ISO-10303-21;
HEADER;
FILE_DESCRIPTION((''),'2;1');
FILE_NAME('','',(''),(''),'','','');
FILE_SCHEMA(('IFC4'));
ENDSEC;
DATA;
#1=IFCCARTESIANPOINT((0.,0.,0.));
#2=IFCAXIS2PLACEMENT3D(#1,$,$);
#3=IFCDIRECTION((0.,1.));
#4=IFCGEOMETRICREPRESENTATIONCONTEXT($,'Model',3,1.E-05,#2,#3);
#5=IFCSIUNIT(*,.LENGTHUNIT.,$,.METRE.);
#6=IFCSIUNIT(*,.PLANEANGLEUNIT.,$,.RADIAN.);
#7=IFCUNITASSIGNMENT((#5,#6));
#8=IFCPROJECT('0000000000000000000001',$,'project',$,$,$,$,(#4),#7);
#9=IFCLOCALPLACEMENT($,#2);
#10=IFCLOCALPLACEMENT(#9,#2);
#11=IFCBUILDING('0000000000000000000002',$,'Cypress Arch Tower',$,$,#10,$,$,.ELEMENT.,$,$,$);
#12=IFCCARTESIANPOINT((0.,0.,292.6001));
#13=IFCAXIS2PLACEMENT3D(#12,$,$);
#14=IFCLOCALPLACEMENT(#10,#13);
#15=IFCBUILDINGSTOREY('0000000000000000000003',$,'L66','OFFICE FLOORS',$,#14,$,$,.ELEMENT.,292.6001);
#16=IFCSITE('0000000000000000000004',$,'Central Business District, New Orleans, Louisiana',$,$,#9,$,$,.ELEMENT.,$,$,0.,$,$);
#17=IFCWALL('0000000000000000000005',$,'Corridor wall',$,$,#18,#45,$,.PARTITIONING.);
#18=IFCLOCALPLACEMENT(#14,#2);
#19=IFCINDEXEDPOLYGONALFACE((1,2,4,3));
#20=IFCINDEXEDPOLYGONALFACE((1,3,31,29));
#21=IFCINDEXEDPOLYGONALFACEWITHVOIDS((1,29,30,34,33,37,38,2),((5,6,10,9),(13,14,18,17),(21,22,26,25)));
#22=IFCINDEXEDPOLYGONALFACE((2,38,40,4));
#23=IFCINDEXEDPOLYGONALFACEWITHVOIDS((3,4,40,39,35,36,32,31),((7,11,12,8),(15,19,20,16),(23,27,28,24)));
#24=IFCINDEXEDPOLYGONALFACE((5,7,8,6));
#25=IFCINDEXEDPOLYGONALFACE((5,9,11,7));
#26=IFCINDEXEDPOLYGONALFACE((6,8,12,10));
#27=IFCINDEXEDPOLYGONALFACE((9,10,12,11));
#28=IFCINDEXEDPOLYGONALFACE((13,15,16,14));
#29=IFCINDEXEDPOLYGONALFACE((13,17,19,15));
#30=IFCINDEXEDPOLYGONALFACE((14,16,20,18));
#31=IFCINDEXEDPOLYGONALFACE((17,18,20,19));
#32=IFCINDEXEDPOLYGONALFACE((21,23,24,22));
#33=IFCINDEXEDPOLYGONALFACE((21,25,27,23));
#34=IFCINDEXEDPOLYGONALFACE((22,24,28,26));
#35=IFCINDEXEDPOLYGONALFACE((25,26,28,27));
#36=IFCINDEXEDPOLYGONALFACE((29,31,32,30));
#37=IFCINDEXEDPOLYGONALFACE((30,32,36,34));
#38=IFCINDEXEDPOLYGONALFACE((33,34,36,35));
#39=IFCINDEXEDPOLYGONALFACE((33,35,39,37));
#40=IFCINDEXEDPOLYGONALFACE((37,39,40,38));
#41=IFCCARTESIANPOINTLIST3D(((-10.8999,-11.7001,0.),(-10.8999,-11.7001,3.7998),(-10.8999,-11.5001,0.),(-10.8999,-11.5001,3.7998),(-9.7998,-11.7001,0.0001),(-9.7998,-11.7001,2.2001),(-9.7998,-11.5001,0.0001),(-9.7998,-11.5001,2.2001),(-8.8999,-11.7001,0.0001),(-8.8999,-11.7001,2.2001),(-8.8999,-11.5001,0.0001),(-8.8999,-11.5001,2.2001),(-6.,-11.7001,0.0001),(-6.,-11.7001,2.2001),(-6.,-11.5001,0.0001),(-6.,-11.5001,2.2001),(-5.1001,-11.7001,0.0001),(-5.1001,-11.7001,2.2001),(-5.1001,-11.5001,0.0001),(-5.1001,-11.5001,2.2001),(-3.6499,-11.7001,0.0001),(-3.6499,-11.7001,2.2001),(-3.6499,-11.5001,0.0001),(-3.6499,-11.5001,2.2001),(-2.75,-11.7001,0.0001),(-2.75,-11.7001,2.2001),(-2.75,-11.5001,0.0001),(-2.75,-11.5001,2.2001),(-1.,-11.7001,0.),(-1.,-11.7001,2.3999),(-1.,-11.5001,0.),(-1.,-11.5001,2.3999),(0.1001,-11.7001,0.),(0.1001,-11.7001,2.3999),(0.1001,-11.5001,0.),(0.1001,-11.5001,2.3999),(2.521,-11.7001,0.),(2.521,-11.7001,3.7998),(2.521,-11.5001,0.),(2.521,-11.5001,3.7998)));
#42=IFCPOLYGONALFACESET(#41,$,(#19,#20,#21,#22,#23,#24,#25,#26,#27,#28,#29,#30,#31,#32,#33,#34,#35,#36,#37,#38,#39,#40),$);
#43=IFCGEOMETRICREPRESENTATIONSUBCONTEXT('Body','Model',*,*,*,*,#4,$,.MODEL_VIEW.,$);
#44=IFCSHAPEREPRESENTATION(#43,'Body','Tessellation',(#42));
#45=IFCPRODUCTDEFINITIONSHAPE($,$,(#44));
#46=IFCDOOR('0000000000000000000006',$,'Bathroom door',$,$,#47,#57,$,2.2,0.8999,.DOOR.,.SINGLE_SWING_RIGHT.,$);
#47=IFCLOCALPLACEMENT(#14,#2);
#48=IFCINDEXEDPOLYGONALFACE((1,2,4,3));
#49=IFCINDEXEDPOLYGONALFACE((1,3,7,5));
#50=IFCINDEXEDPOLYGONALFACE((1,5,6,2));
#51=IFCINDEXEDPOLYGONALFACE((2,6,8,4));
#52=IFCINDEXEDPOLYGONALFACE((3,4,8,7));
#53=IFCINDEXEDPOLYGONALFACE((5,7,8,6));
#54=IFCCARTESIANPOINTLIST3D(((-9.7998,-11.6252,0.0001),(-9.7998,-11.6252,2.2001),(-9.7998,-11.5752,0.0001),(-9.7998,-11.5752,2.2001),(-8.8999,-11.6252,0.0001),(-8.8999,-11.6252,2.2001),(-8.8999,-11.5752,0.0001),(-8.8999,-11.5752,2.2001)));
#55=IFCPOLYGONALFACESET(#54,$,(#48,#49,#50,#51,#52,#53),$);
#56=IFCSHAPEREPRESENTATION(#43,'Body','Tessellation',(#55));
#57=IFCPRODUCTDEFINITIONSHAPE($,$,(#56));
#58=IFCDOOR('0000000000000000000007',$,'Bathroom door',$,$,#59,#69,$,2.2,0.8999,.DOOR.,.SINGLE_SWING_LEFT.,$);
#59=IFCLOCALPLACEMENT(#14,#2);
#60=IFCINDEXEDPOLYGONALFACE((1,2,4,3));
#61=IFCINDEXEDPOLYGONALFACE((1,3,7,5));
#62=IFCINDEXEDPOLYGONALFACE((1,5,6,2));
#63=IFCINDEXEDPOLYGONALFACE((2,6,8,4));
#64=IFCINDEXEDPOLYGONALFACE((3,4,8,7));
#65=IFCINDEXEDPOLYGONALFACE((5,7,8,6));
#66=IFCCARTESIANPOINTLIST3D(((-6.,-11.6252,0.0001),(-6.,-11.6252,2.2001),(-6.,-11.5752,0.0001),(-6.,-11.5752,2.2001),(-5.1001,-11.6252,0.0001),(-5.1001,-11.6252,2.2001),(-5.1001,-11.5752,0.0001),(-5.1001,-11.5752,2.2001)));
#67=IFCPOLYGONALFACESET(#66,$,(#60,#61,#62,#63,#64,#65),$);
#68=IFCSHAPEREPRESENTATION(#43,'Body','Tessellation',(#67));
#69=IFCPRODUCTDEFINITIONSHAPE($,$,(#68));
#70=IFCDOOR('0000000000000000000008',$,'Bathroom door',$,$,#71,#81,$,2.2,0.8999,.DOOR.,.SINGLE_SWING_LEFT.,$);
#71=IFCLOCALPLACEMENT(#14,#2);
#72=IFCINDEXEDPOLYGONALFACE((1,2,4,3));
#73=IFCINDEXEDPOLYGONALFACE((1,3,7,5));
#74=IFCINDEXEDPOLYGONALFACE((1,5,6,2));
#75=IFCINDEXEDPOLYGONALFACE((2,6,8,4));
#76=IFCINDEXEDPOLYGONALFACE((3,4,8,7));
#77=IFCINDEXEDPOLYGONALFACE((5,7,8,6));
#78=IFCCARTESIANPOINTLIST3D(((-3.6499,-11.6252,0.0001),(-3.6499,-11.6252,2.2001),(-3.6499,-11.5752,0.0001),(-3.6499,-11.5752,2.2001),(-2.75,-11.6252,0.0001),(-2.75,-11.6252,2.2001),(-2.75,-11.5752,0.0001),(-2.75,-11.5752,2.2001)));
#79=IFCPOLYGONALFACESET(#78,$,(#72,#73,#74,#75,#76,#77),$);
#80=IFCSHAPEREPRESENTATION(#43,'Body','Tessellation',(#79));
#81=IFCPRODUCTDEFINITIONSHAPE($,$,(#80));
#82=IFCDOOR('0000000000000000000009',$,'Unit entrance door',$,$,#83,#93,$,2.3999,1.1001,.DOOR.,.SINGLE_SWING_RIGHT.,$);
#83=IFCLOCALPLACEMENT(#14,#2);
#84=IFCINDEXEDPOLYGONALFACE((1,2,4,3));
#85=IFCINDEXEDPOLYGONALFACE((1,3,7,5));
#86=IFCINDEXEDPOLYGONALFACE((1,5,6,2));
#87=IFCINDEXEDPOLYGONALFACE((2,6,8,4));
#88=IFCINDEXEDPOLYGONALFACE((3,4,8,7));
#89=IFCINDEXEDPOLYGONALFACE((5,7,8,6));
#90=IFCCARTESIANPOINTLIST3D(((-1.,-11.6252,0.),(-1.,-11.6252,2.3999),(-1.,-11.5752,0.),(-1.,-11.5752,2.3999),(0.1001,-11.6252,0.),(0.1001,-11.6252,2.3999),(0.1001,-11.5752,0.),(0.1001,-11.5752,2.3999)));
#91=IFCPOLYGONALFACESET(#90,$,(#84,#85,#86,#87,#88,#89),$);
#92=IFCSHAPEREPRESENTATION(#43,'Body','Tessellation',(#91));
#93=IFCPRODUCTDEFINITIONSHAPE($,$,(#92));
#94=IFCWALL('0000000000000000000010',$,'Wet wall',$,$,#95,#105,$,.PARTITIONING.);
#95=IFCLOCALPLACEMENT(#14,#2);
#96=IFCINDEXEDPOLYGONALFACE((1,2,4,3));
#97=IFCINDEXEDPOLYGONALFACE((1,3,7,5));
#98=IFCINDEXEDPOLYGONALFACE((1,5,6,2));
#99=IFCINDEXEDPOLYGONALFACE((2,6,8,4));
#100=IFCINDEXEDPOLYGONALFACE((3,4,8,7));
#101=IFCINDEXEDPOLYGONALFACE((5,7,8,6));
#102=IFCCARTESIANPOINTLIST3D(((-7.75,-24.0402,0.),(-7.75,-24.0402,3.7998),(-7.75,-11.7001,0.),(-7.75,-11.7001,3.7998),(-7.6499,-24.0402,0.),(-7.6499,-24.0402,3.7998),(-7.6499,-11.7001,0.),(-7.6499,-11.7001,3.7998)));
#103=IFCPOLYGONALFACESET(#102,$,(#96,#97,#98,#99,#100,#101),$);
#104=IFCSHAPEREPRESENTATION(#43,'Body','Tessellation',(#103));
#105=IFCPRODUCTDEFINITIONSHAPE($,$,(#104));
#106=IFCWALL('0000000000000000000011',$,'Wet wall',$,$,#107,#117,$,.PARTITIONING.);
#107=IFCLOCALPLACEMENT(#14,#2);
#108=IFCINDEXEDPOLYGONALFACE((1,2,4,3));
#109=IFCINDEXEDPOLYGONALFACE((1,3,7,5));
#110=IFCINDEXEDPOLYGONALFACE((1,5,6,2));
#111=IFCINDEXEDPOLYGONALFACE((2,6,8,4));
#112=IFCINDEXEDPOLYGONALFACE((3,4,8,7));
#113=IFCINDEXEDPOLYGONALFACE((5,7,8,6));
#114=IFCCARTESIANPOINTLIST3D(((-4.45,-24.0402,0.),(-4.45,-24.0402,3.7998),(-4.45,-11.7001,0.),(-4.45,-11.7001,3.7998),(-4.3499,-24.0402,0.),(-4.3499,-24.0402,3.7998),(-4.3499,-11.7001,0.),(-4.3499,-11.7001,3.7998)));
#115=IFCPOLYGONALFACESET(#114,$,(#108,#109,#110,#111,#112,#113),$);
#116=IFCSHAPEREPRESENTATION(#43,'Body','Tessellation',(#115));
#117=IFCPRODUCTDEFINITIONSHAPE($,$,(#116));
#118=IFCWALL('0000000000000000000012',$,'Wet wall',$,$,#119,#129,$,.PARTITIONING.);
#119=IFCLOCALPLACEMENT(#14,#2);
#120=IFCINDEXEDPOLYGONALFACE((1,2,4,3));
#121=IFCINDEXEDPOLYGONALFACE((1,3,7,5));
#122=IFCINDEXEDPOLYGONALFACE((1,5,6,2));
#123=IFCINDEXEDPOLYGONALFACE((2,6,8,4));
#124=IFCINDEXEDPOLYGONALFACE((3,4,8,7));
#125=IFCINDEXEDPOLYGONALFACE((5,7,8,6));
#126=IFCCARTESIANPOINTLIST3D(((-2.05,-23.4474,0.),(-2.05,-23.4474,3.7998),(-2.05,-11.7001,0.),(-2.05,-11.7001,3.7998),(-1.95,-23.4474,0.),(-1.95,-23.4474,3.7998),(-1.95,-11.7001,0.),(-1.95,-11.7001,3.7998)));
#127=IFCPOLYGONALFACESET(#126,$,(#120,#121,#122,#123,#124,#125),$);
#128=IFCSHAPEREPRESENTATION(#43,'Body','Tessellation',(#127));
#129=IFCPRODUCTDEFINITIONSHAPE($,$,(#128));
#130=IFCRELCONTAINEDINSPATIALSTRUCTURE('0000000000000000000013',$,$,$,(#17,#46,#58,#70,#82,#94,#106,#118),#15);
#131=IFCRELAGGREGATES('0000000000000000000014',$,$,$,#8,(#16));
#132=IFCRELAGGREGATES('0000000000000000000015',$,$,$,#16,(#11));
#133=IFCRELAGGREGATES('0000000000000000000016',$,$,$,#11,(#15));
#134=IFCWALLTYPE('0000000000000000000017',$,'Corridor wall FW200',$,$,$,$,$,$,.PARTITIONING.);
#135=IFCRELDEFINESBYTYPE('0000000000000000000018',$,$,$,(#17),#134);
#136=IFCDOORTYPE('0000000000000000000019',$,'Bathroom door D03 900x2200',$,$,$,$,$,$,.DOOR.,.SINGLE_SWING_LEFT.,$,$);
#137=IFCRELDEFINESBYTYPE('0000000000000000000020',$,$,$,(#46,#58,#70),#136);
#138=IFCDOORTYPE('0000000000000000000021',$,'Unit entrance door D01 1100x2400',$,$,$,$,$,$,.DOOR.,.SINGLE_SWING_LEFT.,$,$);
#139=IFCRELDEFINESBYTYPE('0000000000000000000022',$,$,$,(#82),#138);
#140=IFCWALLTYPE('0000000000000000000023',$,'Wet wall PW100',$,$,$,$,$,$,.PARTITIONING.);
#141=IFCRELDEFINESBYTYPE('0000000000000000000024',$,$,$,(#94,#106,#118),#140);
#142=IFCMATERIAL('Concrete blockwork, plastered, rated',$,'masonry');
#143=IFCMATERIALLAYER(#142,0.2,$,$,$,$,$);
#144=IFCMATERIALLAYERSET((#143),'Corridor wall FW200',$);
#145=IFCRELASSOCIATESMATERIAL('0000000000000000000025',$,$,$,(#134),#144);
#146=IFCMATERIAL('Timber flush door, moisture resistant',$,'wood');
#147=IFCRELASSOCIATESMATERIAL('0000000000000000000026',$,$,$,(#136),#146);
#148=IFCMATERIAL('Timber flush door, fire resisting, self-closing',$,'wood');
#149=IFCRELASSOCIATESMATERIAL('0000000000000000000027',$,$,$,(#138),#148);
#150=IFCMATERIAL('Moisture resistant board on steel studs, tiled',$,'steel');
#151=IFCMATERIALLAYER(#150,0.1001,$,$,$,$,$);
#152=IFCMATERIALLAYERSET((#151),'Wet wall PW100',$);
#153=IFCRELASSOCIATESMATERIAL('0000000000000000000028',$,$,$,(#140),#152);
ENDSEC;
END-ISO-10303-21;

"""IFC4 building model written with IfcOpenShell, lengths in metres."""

from ifc_helpers import new_model, si_unit, direction, frame, frame_2d, origin, place, context, subcontext, project, spatial, rectangle, extrude, material, layer, layer_set, type_object, element, fill, save


model = new_model("IFC4")

# Units and contexts
model_context = context("Model", 3, precision=1e-05, world=origin(), true_north=direction((0.0, 1.0)))
body_context = subcontext(model_context, "Body", "Model", "MODEL_VIEW")
ifc_project = project(units=[si_unit("LENGTHUNIT", "METRE"), si_unit("PLANEANGLEUNIT", "RADIAN")], contexts=[model_context])

# Site, building, storey
site_placement = place(None, origin())
site = spatial("IfcSite", under=ifc_project, at=site_placement, Name="Central Business District, New Orleans, Louisiana", CompositionType="ELEMENT", RefElevation=0.0)
building_placement = place(site_placement, origin())
building = spatial("IfcBuilding", under=site, at=building_placement, Name="Cypress Arch Tower", CompositionType="ELEMENT")
storey_placement = place(building_placement, frame((0.0, 0.0, 292.6001)))
storey = spatial("IfcBuildingStorey", under=building, at=storey_placement, Name="L66", Description="OFFICE FLOORS", CompositionType="ELEMENT", Elevation=292.6001)

# Wall, openings, doors
ifc_material_1 = material(Name="Concrete blockwork, plastered, rated", Category="masonry")
ifc_layer_1 = layer(ifc_material_1, 0.2)
ifc_layer_set_1 = layer_set([ifc_layer_1], Name="Corridor wall FW200")
wall_type_1 = type_object("IfcWallType", Name="Corridor wall FW200", PredefinedType="PARTITIONING", material=ifc_layer_set_1)
wall_1_placement = place(storey_placement, frame((-10.8999, -11.6001, 0.0), z_axis=(0.0, 0.0, 1.0), x_axis=(1.0, 0.0, 0.0)))
wall_1 = element("IfcWall", 1, at=wall_1_placement, inside=storey, type_object=wall_type_1, Name="Corridor wall", PredefinedType="PARTITIONING", context=body_context, shape_type="SweptSolid", body=[
    extrude(rectangle(XDim=13.4209, YDim=0.2, at=frame_2d((6.7104, 0.0))), origin(), (0.0, 0.0, 1.0), 3.7998),
])
opening_1_placement = place(wall_1_placement, frame((1.1001, 0.0, 0.0)))
opening_1 = element("IfcOpeningElement", 2, at=opening_1_placement, cuts=wall_1, PredefinedType="OPENING", context=body_context, shape_type="SweptSolid", body=[
    extrude(rectangle(XDim=0.8999, YDim=2.2, at=frame_2d((0.45, 1.1001))), frame((0.0, 0.1099, 0.0), z_axis=(0.0, -1.0, 0.0), x_axis=(1.0, 0.0, 0.0)), (0.0, 0.0, 1.0), 0.22),
])
opening_2_placement = place(wall_1_placement, frame((4.8999, 0.0, 0.0)))
opening_2 = element("IfcOpeningElement", 3, at=opening_2_placement, cuts=wall_1, PredefinedType="OPENING", context=body_context, shape_type="SweptSolid", body=[
    extrude(rectangle(XDim=0.8999, YDim=2.2, at=frame_2d((0.45, 1.1001))), frame((0.0, 0.1099, 0.0), z_axis=(0.0, -1.0, 0.0), x_axis=(1.0, 0.0, 0.0)), (0.0, 0.0, 1.0), 0.22),
])
opening_3_placement = place(wall_1_placement, frame((7.25, 0.0, 0.0)))
opening_3 = element("IfcOpeningElement", 4, at=opening_3_placement, cuts=wall_1, PredefinedType="OPENING", context=body_context, shape_type="SweptSolid", body=[
    extrude(rectangle(XDim=0.8999, YDim=2.2, at=frame_2d((0.45, 1.1001))), frame((0.0, 0.1099, 0.0), z_axis=(0.0, -1.0, 0.0), x_axis=(1.0, 0.0, 0.0)), (0.0, 0.0, 1.0), 0.22),
])
opening_4_placement = place(wall_1_placement, frame((9.8999, 0.0, 0.0)))
opening_4 = element("IfcOpeningElement", 5, at=opening_4_placement, cuts=wall_1, PredefinedType="OPENING", context=body_context, shape_type="SweptSolid", body=[
    extrude(rectangle(XDim=1.1001, YDim=2.3999, at=frame_2d((0.55, 1.2))), frame((0.0, 0.1099, 0.0), z_axis=(0.0, -1.0, 0.0), x_axis=(1.0, 0.0, 0.0)), (0.0, 0.0, 1.0), 0.22),
])
ifc_material_2 = material(Name="Timber flush door, moisture resistant", Category="wood")
door_type_1 = type_object("IfcDoorType", Name="Bathroom door D03 900x2200", OperationType="SINGLE_SWING_LEFT", PredefinedType="DOOR", material=ifc_material_2)
door_1_placement = place(opening_1_placement, origin())
door_1 = element("IfcDoor", 6, at=door_1_placement, inside=storey, type_object=door_type_1, Name="Bathroom door", OperationType="SINGLE_SWING_RIGHT", OverallHeight=2.2, OverallWidth=0.8999, PredefinedType="DOOR", context=body_context, shape_type="SweptSolid", body=[
    extrude(rectangle(XDim=0.8999, YDim=2.2, at=frame_2d((0.45, 1.1001))), frame((0.0, 0.0249, 0.0), z_axis=(0.0, -1.0, 0.0), x_axis=(1.0, 0.0, 0.0)), (0.0, 0.0, 1.0), 0.05),
])
fill(opening_1, door_1)
door_2_placement = place(opening_2_placement, origin())
door_2 = element("IfcDoor", 7, at=door_2_placement, inside=storey, type_object=door_type_1, Name="Bathroom door", OperationType="SINGLE_SWING_LEFT", OverallHeight=2.2, OverallWidth=0.8999, PredefinedType="DOOR", context=body_context, shape_type="SweptSolid", body=[
    extrude(rectangle(XDim=0.8999, YDim=2.2, at=frame_2d((0.45, 1.1001))), frame((0.0, 0.0249, 0.0), z_axis=(0.0, -1.0, 0.0), x_axis=(1.0, 0.0, 0.0)), (0.0, 0.0, 1.0), 0.05),
])
fill(opening_2, door_2)
door_3_placement = place(opening_3_placement, origin())
door_3 = element("IfcDoor", 8, at=door_3_placement, inside=storey, type_object=door_type_1, Name="Bathroom door", OperationType="SINGLE_SWING_LEFT", OverallHeight=2.2, OverallWidth=0.8999, PredefinedType="DOOR", context=body_context, shape_type="SweptSolid", body=[
    extrude(rectangle(XDim=0.8999, YDim=2.2, at=frame_2d((0.45, 1.1001))), frame((0.0, 0.0249, 0.0), z_axis=(0.0, -1.0, 0.0), x_axis=(1.0, 0.0, 0.0)), (0.0, 0.0, 1.0), 0.05),
])
fill(opening_3, door_3)
ifc_material_3 = material(Name="Timber flush door, fire resisting, self-closing", Category="wood")
door_type_2 = type_object("IfcDoorType", Name="Unit entrance door D01 1100x2400", OperationType="SINGLE_SWING_LEFT", PredefinedType="DOOR", material=ifc_material_3)
door_4_placement = place(opening_4_placement, origin())
door_4 = element("IfcDoor", 9, at=door_4_placement, inside=storey, type_object=door_type_2, Name="Unit entrance door", OperationType="SINGLE_SWING_RIGHT", OverallHeight=2.3999, OverallWidth=1.1001, PredefinedType="DOOR", context=body_context, shape_type="SweptSolid", body=[
    extrude(rectangle(XDim=1.1001, YDim=2.3999, at=frame_2d((0.55, 1.2))), frame((0.0, 0.0249, 0.0), z_axis=(0.0, -1.0, 0.0), x_axis=(1.0, 0.0, 0.0)), (0.0, 0.0, 1.0), 0.05),
])
fill(opening_4, door_4)

# Walls
ifc_material_4 = material(Name="Moisture resistant board on steel studs, tiled", Category="steel")
ifc_layer_2 = layer(ifc_material_4, 0.1001)
ifc_layer_set_2 = layer_set([ifc_layer_2], Name="Wet wall PW100")
wall_type_2 = type_object("IfcWallType", Name="Wet wall PW100", PredefinedType="PARTITIONING", material=ifc_layer_set_2)
for number, where, z_axis, x_axis, name in (
    (10, (-7.7, -24.04, 0.0), (0.0, 0.0, 1.0), (0.0, 1.0, 0.0), "Wet wall"),
    (11, (-4.3999, -24.04, 0.0), (0.0, 0.0, 1.0), (0.0, 1.0, 0.0), "Wet wall"),
):
    element("IfcWall", number, at=place(storey_placement, frame(where, z_axis=z_axis, x_axis=x_axis)), inside=storey, type_object=wall_type_2, Name=name, PredefinedType="PARTITIONING", context=body_context, shape_type="SweptSolid", body=[
        extrude(rectangle(XDim=12.3401, YDim=0.1001, at=frame_2d((6.1699, 0.0))), origin(), (0.0, 0.0, 1.0), 3.7998),
    ])
wall_2_placement = place(storey_placement, frame((-2.0, -23.4473, 0.0), z_axis=(0.0, 0.0, 1.0), x_axis=(0.0, 1.0, 0.0)))
element("IfcWall", 12, at=wall_2_placement, inside=storey, type_object=wall_type_2, Name="Wet wall", PredefinedType="PARTITIONING", context=body_context, shape_type="SweptSolid", body=[
    extrude(rectangle(XDim=11.7473, YDim=0.1001, at=frame_2d((5.8735, 0.0))), origin(), (0.0, 0.0, 1.0), 3.7998),
])

save(model, "model.ifc")
